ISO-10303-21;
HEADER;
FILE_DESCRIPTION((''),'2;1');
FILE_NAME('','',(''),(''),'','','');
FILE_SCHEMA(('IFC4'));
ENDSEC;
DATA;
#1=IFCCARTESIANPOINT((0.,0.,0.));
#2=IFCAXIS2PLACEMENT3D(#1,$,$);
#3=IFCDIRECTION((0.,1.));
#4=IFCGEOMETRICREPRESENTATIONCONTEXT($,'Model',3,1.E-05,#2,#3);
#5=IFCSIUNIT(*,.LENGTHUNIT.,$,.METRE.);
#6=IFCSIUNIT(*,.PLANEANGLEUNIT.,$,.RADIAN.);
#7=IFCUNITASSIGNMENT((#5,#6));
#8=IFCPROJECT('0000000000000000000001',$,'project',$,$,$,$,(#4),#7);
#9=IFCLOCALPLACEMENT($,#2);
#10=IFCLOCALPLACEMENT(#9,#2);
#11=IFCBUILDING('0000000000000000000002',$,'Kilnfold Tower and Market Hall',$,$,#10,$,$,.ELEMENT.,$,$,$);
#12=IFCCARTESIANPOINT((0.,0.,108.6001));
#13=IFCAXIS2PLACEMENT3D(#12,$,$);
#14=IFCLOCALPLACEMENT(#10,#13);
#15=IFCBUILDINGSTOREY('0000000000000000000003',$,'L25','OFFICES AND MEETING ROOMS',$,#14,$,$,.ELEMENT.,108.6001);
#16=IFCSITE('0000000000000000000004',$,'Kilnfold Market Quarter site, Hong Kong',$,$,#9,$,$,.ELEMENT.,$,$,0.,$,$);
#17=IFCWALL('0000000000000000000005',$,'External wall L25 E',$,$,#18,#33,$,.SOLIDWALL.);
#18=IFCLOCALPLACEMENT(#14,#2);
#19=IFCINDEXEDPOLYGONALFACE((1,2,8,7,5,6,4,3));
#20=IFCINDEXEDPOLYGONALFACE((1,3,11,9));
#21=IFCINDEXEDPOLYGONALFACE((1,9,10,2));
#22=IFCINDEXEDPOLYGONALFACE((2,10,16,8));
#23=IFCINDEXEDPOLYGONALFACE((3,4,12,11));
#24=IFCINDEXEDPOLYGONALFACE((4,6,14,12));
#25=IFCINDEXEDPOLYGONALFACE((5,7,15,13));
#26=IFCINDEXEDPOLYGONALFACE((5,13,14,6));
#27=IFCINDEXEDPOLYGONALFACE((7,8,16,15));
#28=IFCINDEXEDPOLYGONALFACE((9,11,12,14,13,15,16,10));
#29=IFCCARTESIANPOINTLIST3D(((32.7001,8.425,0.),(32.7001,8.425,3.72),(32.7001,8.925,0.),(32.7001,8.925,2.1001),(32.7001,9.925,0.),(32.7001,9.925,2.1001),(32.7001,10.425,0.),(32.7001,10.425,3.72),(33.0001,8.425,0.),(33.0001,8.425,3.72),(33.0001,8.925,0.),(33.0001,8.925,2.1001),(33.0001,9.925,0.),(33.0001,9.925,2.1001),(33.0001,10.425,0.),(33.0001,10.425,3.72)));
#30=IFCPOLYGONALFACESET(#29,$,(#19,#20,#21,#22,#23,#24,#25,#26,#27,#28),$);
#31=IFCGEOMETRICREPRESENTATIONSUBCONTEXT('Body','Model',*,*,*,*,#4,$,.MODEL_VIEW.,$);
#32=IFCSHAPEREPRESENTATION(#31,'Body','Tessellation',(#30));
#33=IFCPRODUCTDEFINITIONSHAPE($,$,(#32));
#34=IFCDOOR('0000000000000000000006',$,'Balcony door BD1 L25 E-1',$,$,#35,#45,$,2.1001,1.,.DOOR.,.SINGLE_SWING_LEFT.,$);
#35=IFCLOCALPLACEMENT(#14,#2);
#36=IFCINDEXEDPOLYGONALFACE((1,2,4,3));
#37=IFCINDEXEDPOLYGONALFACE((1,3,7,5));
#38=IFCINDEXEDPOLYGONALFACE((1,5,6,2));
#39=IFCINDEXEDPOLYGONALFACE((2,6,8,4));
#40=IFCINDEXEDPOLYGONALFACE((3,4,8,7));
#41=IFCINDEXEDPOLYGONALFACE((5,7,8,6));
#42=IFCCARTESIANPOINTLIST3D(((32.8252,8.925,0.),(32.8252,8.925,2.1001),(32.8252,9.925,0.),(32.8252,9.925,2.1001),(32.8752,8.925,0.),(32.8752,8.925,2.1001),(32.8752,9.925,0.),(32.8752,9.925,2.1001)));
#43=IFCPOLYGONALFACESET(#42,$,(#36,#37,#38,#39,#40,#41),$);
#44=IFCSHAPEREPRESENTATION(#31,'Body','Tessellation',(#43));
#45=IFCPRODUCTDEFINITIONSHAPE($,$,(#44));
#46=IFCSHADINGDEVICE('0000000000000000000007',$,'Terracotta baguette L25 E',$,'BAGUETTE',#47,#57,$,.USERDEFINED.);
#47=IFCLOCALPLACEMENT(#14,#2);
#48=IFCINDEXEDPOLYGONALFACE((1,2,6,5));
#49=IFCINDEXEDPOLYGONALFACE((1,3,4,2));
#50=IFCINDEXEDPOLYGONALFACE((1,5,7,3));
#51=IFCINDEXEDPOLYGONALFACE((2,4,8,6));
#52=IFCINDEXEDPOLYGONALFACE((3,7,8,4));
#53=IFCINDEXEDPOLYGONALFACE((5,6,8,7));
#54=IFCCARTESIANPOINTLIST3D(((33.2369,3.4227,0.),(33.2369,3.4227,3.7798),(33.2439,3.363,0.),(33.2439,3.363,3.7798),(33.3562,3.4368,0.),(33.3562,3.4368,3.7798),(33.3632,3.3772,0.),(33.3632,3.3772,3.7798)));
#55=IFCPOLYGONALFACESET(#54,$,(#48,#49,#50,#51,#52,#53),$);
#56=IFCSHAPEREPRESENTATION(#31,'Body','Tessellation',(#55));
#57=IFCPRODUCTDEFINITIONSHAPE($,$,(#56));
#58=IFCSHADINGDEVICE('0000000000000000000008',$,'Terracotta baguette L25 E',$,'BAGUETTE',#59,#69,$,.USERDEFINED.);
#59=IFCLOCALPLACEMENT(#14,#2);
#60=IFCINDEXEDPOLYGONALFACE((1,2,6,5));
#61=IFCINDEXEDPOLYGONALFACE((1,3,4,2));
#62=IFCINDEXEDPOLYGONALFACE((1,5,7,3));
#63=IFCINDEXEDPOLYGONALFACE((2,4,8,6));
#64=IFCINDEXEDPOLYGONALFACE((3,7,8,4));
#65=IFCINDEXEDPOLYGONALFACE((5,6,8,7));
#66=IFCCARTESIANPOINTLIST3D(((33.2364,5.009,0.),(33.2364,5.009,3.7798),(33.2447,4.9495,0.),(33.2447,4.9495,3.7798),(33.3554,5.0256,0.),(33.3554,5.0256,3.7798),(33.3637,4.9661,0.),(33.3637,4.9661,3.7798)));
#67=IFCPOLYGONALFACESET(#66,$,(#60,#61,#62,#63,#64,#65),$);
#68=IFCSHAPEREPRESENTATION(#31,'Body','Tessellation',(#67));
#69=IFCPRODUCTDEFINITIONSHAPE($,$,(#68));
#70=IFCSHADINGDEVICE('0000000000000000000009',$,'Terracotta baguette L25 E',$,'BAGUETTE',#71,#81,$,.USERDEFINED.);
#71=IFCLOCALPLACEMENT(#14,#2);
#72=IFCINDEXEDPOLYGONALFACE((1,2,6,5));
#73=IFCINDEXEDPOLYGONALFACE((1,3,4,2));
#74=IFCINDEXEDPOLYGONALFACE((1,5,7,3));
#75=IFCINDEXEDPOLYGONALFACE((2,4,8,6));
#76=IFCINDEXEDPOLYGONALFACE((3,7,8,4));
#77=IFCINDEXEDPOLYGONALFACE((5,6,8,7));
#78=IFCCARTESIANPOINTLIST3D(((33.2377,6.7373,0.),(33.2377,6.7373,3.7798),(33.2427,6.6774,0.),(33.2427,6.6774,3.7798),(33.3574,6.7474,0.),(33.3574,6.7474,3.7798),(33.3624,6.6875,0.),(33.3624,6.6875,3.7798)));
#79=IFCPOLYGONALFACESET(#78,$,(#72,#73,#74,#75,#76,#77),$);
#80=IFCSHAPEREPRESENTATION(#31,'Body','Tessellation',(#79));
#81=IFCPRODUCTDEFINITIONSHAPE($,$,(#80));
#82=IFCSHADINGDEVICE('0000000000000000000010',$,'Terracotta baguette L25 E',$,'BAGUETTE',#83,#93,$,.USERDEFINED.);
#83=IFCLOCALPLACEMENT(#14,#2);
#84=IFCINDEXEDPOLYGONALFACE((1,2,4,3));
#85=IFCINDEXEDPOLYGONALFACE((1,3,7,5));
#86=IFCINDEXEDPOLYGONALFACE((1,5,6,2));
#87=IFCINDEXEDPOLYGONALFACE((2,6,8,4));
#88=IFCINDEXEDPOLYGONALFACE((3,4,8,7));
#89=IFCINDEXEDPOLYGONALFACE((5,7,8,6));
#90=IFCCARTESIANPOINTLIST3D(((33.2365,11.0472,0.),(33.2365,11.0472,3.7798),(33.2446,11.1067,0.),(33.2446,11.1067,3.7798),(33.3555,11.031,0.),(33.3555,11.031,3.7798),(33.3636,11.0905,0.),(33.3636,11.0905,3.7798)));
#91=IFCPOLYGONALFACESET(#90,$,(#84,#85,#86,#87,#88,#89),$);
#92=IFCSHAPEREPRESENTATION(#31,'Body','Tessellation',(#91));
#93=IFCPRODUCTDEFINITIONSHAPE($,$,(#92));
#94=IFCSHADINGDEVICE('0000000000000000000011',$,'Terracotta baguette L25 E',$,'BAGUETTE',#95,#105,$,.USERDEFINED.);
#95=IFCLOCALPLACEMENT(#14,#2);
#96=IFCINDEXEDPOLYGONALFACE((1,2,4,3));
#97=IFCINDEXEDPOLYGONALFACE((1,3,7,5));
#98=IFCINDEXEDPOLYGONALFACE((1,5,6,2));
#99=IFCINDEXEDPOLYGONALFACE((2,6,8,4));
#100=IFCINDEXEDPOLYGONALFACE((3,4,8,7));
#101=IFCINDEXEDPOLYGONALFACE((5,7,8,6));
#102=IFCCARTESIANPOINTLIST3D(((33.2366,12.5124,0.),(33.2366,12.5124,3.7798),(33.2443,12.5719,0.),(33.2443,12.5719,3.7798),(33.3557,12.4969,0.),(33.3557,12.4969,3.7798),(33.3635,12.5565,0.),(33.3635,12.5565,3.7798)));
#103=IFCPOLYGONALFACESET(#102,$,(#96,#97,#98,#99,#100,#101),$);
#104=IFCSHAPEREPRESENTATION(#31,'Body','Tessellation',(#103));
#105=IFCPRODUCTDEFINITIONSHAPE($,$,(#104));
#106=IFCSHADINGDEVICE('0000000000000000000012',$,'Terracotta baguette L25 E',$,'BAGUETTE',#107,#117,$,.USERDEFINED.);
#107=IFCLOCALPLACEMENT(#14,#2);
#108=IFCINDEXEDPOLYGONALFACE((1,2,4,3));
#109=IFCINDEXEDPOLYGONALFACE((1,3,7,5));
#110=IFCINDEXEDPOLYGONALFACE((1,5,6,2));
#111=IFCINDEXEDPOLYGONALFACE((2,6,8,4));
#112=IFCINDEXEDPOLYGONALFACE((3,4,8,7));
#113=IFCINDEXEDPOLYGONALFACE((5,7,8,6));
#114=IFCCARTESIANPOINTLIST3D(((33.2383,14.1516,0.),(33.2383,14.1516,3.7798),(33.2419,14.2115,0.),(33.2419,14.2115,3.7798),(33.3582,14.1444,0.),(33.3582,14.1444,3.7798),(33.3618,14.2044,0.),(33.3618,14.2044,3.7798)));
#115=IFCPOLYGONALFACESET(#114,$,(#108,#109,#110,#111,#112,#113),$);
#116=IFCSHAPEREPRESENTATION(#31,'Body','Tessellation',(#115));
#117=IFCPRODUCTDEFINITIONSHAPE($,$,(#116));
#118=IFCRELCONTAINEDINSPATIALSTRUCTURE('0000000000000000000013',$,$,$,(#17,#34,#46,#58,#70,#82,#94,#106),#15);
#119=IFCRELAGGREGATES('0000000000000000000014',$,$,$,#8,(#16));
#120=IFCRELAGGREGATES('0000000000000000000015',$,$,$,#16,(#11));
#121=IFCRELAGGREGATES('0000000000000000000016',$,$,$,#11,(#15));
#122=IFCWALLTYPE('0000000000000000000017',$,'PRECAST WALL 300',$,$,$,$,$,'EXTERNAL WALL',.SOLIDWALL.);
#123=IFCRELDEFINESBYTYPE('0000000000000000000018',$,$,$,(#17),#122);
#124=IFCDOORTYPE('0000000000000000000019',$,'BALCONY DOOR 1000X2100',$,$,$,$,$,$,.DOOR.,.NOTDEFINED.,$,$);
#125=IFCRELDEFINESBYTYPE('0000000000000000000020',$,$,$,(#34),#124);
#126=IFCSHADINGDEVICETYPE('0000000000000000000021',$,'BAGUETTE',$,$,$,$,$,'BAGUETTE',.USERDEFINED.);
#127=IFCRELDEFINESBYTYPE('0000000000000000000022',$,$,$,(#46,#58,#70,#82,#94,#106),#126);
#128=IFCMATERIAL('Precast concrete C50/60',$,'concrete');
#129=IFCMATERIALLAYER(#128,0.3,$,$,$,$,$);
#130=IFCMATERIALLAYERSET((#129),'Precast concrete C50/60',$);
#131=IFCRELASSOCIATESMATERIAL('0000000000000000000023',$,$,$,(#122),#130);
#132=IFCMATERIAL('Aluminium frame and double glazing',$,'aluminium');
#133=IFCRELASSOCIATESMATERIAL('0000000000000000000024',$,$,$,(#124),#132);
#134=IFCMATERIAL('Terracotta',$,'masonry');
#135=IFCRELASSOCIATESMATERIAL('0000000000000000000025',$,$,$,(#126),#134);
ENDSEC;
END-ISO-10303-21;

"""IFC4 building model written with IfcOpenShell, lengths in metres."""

from ifc_helpers import new_model, si_unit, direction, frame, frame_2d, origin, origin_2d, place, context, subcontext, project, spatial, rectangle, extrude, source, transform, mapped, material, layer, layer_set, material_profile, profile_set, type_object, element, fill, save


model = new_model("IFC4")

# Units and contexts
model_context = context("Model", 3, precision=1e-05, world=origin(), true_north=direction((0.0, 1.0)))
body_context = subcontext(model_context, "Body", "Model", "MODEL_VIEW")
ifc_project = project(units=[si_unit("LENGTHUNIT", "METRE"), si_unit("PLANEANGLEUNIT", "RADIAN")], contexts=[model_context])

# Site, building, storey
site_placement = place(None, origin())
site = spatial("IfcSite", under=ifc_project, at=site_placement, Name="Kilnfold Market Quarter site, Hong Kong", CompositionType="ELEMENT", RefElevation=0.0)
building_placement = place(site_placement, origin())
building = spatial("IfcBuilding", under=site, at=building_placement, Name="Kilnfold Tower and Market Hall", CompositionType="ELEMENT")
storey_placement = place(building_placement, frame((0.0, 0.0, 108.6001)))
storey = spatial("IfcBuildingStorey", under=building, at=storey_placement, Name="L25", Description="OFFICES AND MEETING ROOMS", CompositionType="ELEMENT", Elevation=108.6001)

# Wall, opening, door
ifc_material_1 = material(Name="Precast concrete C50/60", Category="concrete")
ifc_layer_1 = layer(ifc_material_1, 0.3)
ifc_layer_set_1 = layer_set([ifc_layer_1], Name="Precast concrete C50/60")
wall_type_1 = type_object("IfcWallType", Name="PRECAST WALL 300", ElementType="EXTERNAL WALL", PredefinedType="SOLIDWALL", material=ifc_layer_set_1)
shared_shape_1 = source(origin(), body_context, "Body", "SweptSolid", [
    extrude(rectangle(XDim=2.0, YDim=0.3, at=frame_2d((1.0, 0.0))), origin(), (0.0, 0.0, 1.0), 3.72),
])
ifc_material_2 = material(Name="Aluminium frame and double glazing", Category="aluminium")
door_type = type_object("IfcDoorType", Name="BALCONY DOOR 1000X2100", OperationType="NOTDEFINED", PredefinedType="DOOR", material=ifc_material_2)
wall_1_placement = place(storey_placement, frame((32.8501, 8.425, 0.0), z_axis=(0.0, 0.0, 1.0), x_axis=(0.0, 1.0, 0.0)))
wall_1 = element("IfcWall", 1, at=wall_1_placement, inside=storey, type_object=wall_type_1, Name="External wall L25 E", PredefinedType="SOLIDWALL", context=body_context, shape_type="MappedRepresentation", body=[
    mapped(shared_shape_1, transform((0.0, 0.0, 0.0))),
])
opening_1_placement = place(wall_1_placement, frame((0.5, 0.0, 0.0)))
opening_1 = element("IfcOpeningElement", 2, at=opening_1_placement, cuts=wall_1, PredefinedType="OPENING", context=body_context, shape_type="SweptSolid", body=[
    extrude(rectangle(XDim=1.0, YDim=2.1001, at=frame_2d((0.5, 1.05))), frame((0.0, 0.1602, 0.0), z_axis=(0.0, -1.0, 0.0), x_axis=(1.0, 0.0, 0.0)), (0.0, 0.0, 1.0), 0.3201),
])
door_1_placement = place(opening_1_placement, origin())
door_1 = element("IfcDoor", 3, at=door_1_placement, inside=storey, type_object=door_type, Name="Balcony door BD1 L25 E-1", OperationType="SINGLE_SWING_LEFT", OverallHeight=2.1001, OverallWidth=1.0, PredefinedType="DOOR", context=body_context, shape_type="SweptSolid", body=[
    extrude(rectangle(XDim=1.0, YDim=2.1001, at=frame_2d((0.5, 1.05))), frame((0.0, 0.0249, 0.0), z_axis=(0.0, -1.0, 0.0), x_axis=(1.0, 0.0, 0.0)), (0.0, 0.0, 1.0), 0.05),
])
fill(opening_1, door_1)

# Shading devices
ifc_material_3 = material(Name="Terracotta", Category="masonry")
ifc_material_profile_1 = material_profile(ifc_material_3, rectangle(XDim=0.0601, YDim=0.1201, at=origin_2d()), Name="BAG 60x120")
ifc_profile_set_1 = profile_set([ifc_material_profile_1], Name="Terracotta")
shading_device_type = type_object("IfcShadingDeviceType", Name="BAGUETTE", ElementType="BAGUETTE", PredefinedType="USERDEFINED", material=ifc_profile_set_1)
shared_shape_2 = source(origin(), body_context, "Body", "SweptSolid", [
    extrude(rectangle(XDim=0.0601, YDim=0.1201, at=origin_2d()), origin(), (0.0, 0.0, 1.0), 3.7798),
])
for number, where, z_axis, x_axis, name in (
    (4, (33.3, 3.3999, 0.0), (0.0, 0.0, 1.0), (-0.117742, 0.993044, 0.0), "Terracotta baguette L25 E"),
    (5, (33.3, 4.9875, 0.0), (0.0, 0.0, 1.0), (-0.137649, 0.990481, 0.0), "Terracotta baguette L25 E"),
    (6, (33.3, 6.7124, 0.0), (0.0, 0.0, 1.0), (-0.084174, 0.996451, 0.0), "Terracotta baguette L25 E"),
    (7, (33.3, 11.0688, 0.0), (0.0, 0.0, 1.0), (0.134393, 0.990928, 0.0), "Terracotta baguette L25 E"),
    (8, (33.3, 12.5344, 0.0), (0.0, 0.0, 1.0), (0.128565, 0.991701, 0.0), "Terracotta baguette L25 E"),
    (9, (33.3, 14.178, 0.0), (0.0, 0.0, 1.0), (0.05931, 0.99824, 0.0), "Terracotta baguette L25 E"),
):
    element("IfcShadingDevice", number, at=place(storey_placement, frame(where, z_axis=z_axis, x_axis=x_axis)), inside=storey, type_object=shading_device_type, Name=name, ObjectType="BAGUETTE", PredefinedType="USERDEFINED", context=body_context, shape_type="MappedRepresentation", body=[
        mapped(shared_shape_2, transform((0.0, 0.0, 0.0))),
    ])

save(model, "model.ifc")
